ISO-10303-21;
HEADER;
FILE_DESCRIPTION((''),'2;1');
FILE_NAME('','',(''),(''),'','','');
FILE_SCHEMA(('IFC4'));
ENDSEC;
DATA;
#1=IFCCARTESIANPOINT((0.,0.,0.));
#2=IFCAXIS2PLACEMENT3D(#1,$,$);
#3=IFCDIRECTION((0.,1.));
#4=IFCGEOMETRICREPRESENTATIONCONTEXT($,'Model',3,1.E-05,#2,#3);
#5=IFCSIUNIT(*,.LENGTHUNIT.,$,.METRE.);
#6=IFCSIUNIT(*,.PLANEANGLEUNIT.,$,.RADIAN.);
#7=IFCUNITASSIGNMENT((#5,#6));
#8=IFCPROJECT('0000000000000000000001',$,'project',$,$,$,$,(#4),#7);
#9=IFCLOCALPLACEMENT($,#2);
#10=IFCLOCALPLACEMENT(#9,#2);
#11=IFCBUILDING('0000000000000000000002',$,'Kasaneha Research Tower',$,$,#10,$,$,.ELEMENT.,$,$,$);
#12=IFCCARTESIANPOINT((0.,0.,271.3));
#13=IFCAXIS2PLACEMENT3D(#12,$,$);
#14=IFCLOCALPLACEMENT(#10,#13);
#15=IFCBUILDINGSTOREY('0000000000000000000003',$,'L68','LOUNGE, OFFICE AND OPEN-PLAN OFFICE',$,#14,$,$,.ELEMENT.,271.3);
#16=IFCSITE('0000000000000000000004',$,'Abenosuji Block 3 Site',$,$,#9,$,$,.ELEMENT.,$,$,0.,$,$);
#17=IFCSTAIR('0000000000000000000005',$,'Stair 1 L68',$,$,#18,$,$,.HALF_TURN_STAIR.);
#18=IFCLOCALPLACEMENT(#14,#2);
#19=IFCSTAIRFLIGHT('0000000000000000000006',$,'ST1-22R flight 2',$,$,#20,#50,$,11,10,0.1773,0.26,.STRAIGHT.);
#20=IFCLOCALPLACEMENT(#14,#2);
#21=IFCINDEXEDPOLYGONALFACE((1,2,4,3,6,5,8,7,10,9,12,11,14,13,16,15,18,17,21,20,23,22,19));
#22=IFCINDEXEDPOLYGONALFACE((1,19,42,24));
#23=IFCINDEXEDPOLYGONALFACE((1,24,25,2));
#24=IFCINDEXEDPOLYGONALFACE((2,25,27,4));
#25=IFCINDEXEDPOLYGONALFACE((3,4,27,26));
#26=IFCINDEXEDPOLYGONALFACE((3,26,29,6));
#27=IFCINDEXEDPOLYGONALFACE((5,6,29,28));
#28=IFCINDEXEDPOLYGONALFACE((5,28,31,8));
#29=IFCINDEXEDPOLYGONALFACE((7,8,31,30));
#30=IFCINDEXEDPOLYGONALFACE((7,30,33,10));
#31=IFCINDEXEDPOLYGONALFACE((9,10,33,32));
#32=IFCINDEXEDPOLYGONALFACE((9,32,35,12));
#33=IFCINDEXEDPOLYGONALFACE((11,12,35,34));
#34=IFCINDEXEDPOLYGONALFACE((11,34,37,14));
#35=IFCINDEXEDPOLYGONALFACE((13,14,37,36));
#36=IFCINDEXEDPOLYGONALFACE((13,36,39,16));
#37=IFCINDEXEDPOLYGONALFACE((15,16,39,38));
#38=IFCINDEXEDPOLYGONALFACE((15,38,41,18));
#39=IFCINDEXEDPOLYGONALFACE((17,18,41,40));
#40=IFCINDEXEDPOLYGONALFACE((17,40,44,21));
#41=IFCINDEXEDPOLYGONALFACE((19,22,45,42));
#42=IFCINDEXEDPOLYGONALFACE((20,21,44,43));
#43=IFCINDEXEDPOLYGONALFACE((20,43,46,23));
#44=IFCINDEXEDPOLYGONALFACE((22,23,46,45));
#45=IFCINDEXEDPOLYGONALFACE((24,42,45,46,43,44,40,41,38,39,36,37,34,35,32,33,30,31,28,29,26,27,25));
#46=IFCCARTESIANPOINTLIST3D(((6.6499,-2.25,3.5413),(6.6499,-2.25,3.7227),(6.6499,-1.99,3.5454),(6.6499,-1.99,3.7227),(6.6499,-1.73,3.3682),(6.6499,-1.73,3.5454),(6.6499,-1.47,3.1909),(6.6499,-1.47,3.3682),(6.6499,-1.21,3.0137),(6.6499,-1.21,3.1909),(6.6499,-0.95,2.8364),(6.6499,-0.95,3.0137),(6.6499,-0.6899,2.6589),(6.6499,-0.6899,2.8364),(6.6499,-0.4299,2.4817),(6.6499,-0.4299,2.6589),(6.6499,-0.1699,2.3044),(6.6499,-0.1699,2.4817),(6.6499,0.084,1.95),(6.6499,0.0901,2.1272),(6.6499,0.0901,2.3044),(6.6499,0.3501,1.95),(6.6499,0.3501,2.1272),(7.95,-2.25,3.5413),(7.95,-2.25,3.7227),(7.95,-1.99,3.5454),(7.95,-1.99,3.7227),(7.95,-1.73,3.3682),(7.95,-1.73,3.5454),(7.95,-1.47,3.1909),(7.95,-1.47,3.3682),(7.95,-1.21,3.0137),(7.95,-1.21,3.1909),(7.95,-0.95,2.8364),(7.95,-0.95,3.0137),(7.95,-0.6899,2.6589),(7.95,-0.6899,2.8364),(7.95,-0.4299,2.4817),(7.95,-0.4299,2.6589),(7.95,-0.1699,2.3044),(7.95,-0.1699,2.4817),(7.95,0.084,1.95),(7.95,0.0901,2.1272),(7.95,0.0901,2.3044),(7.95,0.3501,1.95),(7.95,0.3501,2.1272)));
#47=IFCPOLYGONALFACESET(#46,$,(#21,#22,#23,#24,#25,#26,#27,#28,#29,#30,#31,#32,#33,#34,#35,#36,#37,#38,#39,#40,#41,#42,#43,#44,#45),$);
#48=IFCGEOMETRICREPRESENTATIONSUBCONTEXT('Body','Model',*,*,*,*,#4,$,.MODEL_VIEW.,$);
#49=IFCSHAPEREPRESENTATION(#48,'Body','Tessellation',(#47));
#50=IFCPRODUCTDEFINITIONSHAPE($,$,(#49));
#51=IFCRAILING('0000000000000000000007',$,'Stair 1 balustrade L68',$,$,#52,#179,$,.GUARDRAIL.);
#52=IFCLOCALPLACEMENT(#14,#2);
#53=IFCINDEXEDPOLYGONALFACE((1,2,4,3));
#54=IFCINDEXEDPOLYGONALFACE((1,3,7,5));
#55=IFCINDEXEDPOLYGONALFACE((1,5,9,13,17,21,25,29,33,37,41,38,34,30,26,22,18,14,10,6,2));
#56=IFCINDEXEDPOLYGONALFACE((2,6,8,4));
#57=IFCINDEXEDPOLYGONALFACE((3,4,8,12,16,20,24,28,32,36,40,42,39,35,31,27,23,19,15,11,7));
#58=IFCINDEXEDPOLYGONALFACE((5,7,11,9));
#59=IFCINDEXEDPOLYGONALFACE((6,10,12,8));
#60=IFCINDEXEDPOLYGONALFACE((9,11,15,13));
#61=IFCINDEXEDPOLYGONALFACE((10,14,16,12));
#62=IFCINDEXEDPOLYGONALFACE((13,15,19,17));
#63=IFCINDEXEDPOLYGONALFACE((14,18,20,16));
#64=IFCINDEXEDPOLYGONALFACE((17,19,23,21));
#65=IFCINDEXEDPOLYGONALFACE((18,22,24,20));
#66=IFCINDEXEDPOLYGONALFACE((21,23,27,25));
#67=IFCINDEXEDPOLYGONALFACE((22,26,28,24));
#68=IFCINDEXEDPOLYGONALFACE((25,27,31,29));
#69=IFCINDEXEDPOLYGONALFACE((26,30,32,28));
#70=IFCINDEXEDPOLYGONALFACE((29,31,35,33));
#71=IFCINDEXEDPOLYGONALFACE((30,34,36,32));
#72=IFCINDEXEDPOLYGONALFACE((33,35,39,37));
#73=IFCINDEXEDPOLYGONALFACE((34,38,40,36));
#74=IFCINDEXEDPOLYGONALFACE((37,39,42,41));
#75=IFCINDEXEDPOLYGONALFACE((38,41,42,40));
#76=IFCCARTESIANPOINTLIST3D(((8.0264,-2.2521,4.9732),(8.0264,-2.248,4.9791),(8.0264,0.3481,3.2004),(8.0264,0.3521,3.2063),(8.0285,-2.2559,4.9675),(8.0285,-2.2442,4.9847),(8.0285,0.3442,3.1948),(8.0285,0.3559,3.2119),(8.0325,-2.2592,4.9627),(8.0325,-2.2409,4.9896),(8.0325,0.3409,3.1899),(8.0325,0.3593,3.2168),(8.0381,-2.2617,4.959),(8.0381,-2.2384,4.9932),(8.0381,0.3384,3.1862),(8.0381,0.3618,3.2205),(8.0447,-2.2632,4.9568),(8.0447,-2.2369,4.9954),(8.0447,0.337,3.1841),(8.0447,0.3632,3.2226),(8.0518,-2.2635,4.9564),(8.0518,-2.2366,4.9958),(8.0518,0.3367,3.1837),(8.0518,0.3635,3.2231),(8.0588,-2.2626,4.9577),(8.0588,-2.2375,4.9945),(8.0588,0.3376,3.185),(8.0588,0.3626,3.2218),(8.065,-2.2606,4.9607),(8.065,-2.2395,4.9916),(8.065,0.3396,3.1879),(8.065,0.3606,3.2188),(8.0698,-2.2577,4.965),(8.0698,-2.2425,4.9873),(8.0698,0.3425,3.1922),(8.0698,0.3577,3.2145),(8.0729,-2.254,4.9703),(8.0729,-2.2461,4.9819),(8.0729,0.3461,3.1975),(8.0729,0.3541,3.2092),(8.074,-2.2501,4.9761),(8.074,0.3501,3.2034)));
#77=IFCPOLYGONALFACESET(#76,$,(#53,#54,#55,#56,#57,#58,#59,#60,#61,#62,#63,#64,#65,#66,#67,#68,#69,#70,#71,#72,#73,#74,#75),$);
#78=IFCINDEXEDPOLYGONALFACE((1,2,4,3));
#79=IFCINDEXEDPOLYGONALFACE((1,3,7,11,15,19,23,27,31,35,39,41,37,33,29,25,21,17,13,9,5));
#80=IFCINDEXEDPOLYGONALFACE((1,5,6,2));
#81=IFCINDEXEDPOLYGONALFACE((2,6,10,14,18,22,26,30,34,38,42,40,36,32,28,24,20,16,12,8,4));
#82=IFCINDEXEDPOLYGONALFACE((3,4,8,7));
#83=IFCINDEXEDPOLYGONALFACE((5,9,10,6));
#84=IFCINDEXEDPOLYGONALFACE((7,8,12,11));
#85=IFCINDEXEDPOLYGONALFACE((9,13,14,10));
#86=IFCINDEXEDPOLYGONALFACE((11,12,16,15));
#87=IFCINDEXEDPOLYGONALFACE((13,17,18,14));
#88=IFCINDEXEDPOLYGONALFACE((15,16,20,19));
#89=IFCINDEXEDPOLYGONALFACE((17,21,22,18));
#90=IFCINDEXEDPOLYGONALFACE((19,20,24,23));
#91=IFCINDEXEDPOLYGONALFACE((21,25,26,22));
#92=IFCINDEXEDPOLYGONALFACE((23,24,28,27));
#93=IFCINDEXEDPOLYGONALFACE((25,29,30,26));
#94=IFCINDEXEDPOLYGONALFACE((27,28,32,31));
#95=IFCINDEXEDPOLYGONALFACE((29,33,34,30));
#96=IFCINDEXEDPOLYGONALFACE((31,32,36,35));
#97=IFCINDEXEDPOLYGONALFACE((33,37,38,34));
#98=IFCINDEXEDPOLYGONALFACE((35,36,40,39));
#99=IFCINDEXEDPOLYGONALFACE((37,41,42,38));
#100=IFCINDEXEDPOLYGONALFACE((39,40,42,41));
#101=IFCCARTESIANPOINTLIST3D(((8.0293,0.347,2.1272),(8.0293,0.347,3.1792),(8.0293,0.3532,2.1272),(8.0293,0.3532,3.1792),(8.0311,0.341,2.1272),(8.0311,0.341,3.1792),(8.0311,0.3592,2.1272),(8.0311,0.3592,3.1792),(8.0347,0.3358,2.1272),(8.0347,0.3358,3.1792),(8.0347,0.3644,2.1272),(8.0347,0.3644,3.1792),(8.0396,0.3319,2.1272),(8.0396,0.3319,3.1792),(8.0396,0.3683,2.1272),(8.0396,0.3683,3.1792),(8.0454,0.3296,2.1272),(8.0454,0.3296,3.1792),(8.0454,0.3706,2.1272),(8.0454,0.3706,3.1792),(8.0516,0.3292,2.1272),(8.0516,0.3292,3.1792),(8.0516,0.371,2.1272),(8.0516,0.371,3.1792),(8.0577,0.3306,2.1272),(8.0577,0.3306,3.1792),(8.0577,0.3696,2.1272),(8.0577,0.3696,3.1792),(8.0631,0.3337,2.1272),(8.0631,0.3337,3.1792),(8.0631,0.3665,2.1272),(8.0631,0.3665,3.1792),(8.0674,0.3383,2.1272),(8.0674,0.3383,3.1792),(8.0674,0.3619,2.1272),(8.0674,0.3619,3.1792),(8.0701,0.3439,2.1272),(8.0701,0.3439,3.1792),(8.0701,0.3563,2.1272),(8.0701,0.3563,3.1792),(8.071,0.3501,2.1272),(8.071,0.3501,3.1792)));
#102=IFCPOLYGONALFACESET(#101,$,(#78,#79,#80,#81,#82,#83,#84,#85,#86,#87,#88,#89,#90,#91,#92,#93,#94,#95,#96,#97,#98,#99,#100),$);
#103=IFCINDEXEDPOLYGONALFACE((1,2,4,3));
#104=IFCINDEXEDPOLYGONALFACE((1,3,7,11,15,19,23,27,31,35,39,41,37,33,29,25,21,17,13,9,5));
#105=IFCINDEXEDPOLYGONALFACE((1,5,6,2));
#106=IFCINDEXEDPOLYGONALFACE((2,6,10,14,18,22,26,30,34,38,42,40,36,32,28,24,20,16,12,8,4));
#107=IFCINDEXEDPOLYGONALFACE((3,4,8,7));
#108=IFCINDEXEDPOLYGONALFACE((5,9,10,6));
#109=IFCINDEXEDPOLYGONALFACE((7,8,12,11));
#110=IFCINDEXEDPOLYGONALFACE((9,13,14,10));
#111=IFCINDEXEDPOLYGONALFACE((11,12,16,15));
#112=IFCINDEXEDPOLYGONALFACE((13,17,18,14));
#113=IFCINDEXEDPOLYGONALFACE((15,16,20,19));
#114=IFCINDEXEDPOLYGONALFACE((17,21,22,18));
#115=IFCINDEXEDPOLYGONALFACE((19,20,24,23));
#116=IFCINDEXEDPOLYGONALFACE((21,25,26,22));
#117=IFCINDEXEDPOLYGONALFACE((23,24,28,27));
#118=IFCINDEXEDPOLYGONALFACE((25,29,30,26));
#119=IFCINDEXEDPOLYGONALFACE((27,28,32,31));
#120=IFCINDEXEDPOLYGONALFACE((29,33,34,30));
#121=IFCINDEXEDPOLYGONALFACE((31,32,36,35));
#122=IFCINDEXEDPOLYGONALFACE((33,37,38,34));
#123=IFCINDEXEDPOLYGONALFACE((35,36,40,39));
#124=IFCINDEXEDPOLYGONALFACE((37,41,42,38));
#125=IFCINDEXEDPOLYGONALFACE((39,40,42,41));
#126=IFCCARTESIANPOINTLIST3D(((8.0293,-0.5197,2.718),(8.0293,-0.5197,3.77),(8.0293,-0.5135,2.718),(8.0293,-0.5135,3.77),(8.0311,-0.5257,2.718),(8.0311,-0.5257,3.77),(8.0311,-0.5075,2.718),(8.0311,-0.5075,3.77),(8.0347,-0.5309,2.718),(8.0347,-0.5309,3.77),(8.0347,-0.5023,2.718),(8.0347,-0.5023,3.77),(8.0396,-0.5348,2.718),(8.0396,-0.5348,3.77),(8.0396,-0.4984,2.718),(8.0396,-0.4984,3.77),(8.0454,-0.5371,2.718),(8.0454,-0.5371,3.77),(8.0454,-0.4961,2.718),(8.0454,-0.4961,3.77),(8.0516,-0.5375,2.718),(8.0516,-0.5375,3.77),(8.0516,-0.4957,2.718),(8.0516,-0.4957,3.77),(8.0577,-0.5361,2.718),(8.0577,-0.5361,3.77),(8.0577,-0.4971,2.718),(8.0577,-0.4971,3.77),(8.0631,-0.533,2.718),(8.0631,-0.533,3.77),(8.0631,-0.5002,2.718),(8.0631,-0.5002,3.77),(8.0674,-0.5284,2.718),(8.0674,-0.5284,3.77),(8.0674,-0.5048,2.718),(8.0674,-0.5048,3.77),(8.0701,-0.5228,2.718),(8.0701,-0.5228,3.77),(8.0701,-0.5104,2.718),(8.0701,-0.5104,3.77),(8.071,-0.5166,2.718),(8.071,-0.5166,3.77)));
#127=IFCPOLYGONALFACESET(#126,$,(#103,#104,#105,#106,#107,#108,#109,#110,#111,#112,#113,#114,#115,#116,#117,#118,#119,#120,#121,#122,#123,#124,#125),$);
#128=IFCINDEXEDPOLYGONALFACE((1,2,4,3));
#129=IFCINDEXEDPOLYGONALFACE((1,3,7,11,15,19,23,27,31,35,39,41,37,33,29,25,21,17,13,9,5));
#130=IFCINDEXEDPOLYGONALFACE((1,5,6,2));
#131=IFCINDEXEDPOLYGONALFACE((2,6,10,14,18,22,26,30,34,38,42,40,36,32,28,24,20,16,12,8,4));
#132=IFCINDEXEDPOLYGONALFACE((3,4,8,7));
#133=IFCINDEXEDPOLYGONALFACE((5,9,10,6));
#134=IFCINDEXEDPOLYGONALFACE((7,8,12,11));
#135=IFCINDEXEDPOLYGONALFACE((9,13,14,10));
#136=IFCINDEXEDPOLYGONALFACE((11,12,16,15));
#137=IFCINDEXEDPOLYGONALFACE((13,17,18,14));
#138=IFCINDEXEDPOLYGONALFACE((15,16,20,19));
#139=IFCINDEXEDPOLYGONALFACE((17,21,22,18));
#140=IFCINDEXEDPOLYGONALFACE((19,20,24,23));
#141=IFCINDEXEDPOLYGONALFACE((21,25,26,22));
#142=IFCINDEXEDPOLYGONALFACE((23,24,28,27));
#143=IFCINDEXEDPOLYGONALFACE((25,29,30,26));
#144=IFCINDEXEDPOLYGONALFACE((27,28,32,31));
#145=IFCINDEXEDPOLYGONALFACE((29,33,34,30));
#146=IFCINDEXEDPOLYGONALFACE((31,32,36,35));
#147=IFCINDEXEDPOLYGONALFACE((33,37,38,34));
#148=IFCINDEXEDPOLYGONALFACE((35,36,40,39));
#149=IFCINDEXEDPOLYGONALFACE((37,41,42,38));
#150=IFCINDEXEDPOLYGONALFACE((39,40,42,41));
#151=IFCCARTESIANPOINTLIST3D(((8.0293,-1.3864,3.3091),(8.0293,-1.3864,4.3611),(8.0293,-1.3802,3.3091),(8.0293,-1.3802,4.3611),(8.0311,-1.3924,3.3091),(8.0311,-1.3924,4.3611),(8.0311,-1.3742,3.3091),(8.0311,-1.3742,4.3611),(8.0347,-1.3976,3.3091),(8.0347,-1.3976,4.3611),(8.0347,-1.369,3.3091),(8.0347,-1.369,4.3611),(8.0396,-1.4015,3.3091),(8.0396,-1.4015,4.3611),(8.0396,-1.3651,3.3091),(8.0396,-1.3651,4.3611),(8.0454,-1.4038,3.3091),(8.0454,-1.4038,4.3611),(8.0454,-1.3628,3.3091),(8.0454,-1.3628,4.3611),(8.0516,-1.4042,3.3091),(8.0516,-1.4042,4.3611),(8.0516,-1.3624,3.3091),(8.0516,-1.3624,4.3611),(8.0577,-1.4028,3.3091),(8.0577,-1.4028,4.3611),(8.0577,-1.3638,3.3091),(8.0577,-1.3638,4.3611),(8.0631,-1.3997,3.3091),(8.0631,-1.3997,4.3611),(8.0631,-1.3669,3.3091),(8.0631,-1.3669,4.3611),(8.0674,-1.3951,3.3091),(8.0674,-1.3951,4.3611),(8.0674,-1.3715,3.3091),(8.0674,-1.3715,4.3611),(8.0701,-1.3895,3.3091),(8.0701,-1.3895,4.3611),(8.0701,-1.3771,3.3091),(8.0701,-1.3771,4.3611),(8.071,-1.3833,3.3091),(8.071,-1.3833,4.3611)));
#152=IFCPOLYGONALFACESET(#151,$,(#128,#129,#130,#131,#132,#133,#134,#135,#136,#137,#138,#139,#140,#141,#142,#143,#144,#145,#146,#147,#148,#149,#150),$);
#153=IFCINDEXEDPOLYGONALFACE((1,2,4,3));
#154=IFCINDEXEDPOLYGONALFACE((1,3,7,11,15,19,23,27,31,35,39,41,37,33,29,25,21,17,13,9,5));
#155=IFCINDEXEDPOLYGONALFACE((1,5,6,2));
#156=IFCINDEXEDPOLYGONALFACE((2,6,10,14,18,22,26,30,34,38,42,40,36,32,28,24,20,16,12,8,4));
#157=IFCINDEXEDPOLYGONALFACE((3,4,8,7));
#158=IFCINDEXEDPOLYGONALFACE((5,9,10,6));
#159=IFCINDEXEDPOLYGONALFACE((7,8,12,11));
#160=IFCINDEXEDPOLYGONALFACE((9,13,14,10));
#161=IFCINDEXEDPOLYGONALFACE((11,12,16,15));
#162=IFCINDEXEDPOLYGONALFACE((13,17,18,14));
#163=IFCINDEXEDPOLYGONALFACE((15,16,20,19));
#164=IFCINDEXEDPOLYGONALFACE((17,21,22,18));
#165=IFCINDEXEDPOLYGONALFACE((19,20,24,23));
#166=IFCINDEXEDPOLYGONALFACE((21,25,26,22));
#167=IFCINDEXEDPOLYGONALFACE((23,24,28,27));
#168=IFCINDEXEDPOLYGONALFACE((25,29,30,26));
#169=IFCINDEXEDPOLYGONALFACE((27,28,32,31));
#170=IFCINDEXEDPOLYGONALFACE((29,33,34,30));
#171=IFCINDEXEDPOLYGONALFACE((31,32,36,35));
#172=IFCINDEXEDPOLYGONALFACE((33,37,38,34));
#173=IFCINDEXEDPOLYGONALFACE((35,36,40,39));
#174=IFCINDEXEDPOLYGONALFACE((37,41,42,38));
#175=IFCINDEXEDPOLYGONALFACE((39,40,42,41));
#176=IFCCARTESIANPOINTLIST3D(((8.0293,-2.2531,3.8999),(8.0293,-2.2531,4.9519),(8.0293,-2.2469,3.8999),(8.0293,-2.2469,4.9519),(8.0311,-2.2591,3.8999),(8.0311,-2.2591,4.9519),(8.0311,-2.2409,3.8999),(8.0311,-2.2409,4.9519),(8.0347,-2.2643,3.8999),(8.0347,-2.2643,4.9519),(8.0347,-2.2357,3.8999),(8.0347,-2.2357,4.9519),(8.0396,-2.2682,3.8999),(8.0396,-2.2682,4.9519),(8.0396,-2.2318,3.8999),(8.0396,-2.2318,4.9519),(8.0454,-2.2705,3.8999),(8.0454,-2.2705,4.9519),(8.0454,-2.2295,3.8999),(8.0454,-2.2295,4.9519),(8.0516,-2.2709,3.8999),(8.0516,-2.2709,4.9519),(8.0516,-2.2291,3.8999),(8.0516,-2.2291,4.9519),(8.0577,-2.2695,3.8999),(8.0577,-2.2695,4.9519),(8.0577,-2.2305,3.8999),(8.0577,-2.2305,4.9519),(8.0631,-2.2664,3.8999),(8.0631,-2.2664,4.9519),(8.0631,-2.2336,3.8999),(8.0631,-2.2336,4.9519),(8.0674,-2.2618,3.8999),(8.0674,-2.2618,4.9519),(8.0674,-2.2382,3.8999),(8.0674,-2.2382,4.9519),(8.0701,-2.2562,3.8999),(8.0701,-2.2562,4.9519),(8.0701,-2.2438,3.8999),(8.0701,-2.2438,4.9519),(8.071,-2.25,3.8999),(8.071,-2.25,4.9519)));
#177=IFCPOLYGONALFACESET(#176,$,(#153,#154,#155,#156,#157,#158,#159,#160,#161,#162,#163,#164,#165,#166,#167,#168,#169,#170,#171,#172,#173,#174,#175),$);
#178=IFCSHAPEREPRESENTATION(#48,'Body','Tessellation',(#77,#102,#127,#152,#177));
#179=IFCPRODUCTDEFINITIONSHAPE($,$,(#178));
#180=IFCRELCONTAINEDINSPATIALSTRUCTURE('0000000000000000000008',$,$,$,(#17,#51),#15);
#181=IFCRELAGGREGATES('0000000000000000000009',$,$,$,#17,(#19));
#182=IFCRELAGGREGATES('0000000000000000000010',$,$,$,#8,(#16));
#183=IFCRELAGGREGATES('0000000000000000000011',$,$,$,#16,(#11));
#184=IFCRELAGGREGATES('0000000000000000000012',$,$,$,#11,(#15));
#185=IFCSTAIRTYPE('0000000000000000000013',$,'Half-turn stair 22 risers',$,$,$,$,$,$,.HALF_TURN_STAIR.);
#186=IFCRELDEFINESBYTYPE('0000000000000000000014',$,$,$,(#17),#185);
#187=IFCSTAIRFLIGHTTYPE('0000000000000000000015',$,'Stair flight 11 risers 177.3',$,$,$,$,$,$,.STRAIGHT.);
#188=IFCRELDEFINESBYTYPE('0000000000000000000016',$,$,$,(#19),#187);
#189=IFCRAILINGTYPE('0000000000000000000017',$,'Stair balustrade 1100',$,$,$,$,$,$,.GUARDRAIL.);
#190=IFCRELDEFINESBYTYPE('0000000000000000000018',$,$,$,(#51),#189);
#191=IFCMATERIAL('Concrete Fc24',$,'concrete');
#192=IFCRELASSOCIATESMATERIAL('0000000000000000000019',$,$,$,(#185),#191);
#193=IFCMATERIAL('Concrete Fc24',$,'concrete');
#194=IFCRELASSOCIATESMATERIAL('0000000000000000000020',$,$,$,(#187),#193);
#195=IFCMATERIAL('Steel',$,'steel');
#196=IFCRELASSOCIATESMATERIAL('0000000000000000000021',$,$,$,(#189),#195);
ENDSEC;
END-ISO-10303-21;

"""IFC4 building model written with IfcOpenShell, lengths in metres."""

from ifc_helpers import new_model, si_unit, direction, frame, origin, origin_2d, place, context, subcontext, project, spatial, polyline, circle, outline, extrude, material, type_object, element, aggregate, save


model = new_model("IFC4")

# Units and contexts
model_context = context("Model", 3, precision=1e-05, world=origin(), true_north=direction((0.0, 1.0)))
body_context = subcontext(model_context, "Body", "Model", "MODEL_VIEW")
ifc_project = project(units=[si_unit("LENGTHUNIT", "METRE"), si_unit("PLANEANGLEUNIT", "RADIAN")], contexts=[model_context])

# Site, building, storey
site_placement = place(None, origin())
site = spatial("IfcSite", under=ifc_project, at=site_placement, Name="Abenosuji Block 3 Site", CompositionType="ELEMENT", RefElevation=0.0)
building_placement = place(site_placement, origin())
building = spatial("IfcBuilding", under=site, at=building_placement, Name="Kasaneha Research Tower", CompositionType="ELEMENT")
storey_placement = place(building_placement, frame((0.0, 0.0, 271.3)))
storey = spatial("IfcBuildingStorey", under=building, at=storey_placement, Name="L68", Description="LOUNGE, OFFICE AND OPEN-PLAN OFFICE", CompositionType="ELEMENT", Elevation=271.3)

# Shared definitions
ifc_material_1 = material(Name="Concrete Fc24", Category="concrete")
stair_type = type_object("IfcStairType", Name="Half-turn stair 22 risers", PredefinedType="HALF_TURN_STAIR", material=ifc_material_1)

# Stair, stair flight
stair_1_placement = place(storey_placement, origin())
stair_1 = element("IfcStair", 1, at=stair_1_placement, inside=storey, type_object=stair_type, Name="Stair 1 L68", PredefinedType="HALF_TURN_STAIR")
ifc_material_2 = material(Name="Concrete Fc24", Category="concrete")
stair_flight_type = type_object("IfcStairFlightType", Name="Stair flight 11 risers 177.3", PredefinedType="STRAIGHT", material=ifc_material_2)
stair_flight_placement = place(storey_placement, frame((7.3, 0.3501, 1.95), z_axis=(0.0, 0.0, 1.0), x_axis=(0.0, -1.0, 0.0)))
stair_flight = element("IfcStairFlight", 2, at=stair_flight_placement, type_object=stair_flight_type, Name="ST1-22R flight 2", NumberOfRisers=11, NumberOfTreads=10, PredefinedType="STRAIGHT", RiserHeight=0.1773, TreadLength=0.26, context=body_context, shape_type="SweptSolid", body=[
    extrude(outline(polyline([(0.0, 0.0), (0.0, 0.1772), (0.26, 0.1772), (0.26, 0.3545), (0.52, 0.3545), (0.52, 0.5317), (0.78, 0.5317), (0.78, 0.709), (1.04, 0.709), (1.04, 0.8865), (1.3, 0.8865), (1.3, 1.0637), (1.5601, 1.0637), (1.5601, 1.241), (1.8201, 1.241), (1.8201, 1.4182), (2.0801, 1.4182), (2.0801, 1.5955), (2.3401, 1.5955), (2.3401, 1.7727), (2.6001, 1.7727), (2.6001, 1.95), (2.6001, 1.5913), (0.2661, 0.0), (0.0, 0.0)])), frame((0.0, 0.6499, 0.0), z_axis=(0.0, -1.0, 0.0), x_axis=(1.0, 0.0, 0.0)), (0.0, 0.0, 1.0), 1.3),
])
aggregate(stair_1, [stair_flight])

# Railing
ifc_material_3 = material(Name="Steel", Category="steel")
railing_type_1 = type_object("IfcRailingType", Name="Stair balustrade 1100", PredefinedType="GUARDRAIL", material=ifc_material_3)
railing_1_placement = place(storey_placement, frame((8.05, 0.3501, 2.1272)))
element("IfcRailing", 3, at=railing_1_placement, inside=storey, type_object=railing_type_1, Name="Stair 1 balustrade L68", PredefinedType="GUARDRAIL", context=body_context, shape_type="SweptSolid", body=[
    extrude(circle(Radius=0.0239, at=origin_2d()), frame((0.0, 0.0, 1.0762), z_axis=(0.0, -0.82624, 0.563318), x_axis=(1.0, 0.0, 0.0)), (0.0, 0.0, 1.0), 3.147),
    extrude(circle(Radius=0.021, at=origin_2d()), origin(), (0.0, 0.0, 1.0), 1.052),
    extrude(circle(Radius=0.021, at=origin_2d()), frame((0.0, -0.8667, 0.5908)), (0.0, 0.0, 1.0), 1.052),
    extrude(circle(Radius=0.021, at=origin_2d()), frame((0.0, -1.7334, 1.1819)), (0.0, 0.0, 1.0), 1.052),
    extrude(circle(Radius=0.021, at=origin_2d()), frame((0.0, -2.6001, 1.7727)), (0.0, 0.0, 1.0), 1.052),
])

save(model, "model.ifc")
